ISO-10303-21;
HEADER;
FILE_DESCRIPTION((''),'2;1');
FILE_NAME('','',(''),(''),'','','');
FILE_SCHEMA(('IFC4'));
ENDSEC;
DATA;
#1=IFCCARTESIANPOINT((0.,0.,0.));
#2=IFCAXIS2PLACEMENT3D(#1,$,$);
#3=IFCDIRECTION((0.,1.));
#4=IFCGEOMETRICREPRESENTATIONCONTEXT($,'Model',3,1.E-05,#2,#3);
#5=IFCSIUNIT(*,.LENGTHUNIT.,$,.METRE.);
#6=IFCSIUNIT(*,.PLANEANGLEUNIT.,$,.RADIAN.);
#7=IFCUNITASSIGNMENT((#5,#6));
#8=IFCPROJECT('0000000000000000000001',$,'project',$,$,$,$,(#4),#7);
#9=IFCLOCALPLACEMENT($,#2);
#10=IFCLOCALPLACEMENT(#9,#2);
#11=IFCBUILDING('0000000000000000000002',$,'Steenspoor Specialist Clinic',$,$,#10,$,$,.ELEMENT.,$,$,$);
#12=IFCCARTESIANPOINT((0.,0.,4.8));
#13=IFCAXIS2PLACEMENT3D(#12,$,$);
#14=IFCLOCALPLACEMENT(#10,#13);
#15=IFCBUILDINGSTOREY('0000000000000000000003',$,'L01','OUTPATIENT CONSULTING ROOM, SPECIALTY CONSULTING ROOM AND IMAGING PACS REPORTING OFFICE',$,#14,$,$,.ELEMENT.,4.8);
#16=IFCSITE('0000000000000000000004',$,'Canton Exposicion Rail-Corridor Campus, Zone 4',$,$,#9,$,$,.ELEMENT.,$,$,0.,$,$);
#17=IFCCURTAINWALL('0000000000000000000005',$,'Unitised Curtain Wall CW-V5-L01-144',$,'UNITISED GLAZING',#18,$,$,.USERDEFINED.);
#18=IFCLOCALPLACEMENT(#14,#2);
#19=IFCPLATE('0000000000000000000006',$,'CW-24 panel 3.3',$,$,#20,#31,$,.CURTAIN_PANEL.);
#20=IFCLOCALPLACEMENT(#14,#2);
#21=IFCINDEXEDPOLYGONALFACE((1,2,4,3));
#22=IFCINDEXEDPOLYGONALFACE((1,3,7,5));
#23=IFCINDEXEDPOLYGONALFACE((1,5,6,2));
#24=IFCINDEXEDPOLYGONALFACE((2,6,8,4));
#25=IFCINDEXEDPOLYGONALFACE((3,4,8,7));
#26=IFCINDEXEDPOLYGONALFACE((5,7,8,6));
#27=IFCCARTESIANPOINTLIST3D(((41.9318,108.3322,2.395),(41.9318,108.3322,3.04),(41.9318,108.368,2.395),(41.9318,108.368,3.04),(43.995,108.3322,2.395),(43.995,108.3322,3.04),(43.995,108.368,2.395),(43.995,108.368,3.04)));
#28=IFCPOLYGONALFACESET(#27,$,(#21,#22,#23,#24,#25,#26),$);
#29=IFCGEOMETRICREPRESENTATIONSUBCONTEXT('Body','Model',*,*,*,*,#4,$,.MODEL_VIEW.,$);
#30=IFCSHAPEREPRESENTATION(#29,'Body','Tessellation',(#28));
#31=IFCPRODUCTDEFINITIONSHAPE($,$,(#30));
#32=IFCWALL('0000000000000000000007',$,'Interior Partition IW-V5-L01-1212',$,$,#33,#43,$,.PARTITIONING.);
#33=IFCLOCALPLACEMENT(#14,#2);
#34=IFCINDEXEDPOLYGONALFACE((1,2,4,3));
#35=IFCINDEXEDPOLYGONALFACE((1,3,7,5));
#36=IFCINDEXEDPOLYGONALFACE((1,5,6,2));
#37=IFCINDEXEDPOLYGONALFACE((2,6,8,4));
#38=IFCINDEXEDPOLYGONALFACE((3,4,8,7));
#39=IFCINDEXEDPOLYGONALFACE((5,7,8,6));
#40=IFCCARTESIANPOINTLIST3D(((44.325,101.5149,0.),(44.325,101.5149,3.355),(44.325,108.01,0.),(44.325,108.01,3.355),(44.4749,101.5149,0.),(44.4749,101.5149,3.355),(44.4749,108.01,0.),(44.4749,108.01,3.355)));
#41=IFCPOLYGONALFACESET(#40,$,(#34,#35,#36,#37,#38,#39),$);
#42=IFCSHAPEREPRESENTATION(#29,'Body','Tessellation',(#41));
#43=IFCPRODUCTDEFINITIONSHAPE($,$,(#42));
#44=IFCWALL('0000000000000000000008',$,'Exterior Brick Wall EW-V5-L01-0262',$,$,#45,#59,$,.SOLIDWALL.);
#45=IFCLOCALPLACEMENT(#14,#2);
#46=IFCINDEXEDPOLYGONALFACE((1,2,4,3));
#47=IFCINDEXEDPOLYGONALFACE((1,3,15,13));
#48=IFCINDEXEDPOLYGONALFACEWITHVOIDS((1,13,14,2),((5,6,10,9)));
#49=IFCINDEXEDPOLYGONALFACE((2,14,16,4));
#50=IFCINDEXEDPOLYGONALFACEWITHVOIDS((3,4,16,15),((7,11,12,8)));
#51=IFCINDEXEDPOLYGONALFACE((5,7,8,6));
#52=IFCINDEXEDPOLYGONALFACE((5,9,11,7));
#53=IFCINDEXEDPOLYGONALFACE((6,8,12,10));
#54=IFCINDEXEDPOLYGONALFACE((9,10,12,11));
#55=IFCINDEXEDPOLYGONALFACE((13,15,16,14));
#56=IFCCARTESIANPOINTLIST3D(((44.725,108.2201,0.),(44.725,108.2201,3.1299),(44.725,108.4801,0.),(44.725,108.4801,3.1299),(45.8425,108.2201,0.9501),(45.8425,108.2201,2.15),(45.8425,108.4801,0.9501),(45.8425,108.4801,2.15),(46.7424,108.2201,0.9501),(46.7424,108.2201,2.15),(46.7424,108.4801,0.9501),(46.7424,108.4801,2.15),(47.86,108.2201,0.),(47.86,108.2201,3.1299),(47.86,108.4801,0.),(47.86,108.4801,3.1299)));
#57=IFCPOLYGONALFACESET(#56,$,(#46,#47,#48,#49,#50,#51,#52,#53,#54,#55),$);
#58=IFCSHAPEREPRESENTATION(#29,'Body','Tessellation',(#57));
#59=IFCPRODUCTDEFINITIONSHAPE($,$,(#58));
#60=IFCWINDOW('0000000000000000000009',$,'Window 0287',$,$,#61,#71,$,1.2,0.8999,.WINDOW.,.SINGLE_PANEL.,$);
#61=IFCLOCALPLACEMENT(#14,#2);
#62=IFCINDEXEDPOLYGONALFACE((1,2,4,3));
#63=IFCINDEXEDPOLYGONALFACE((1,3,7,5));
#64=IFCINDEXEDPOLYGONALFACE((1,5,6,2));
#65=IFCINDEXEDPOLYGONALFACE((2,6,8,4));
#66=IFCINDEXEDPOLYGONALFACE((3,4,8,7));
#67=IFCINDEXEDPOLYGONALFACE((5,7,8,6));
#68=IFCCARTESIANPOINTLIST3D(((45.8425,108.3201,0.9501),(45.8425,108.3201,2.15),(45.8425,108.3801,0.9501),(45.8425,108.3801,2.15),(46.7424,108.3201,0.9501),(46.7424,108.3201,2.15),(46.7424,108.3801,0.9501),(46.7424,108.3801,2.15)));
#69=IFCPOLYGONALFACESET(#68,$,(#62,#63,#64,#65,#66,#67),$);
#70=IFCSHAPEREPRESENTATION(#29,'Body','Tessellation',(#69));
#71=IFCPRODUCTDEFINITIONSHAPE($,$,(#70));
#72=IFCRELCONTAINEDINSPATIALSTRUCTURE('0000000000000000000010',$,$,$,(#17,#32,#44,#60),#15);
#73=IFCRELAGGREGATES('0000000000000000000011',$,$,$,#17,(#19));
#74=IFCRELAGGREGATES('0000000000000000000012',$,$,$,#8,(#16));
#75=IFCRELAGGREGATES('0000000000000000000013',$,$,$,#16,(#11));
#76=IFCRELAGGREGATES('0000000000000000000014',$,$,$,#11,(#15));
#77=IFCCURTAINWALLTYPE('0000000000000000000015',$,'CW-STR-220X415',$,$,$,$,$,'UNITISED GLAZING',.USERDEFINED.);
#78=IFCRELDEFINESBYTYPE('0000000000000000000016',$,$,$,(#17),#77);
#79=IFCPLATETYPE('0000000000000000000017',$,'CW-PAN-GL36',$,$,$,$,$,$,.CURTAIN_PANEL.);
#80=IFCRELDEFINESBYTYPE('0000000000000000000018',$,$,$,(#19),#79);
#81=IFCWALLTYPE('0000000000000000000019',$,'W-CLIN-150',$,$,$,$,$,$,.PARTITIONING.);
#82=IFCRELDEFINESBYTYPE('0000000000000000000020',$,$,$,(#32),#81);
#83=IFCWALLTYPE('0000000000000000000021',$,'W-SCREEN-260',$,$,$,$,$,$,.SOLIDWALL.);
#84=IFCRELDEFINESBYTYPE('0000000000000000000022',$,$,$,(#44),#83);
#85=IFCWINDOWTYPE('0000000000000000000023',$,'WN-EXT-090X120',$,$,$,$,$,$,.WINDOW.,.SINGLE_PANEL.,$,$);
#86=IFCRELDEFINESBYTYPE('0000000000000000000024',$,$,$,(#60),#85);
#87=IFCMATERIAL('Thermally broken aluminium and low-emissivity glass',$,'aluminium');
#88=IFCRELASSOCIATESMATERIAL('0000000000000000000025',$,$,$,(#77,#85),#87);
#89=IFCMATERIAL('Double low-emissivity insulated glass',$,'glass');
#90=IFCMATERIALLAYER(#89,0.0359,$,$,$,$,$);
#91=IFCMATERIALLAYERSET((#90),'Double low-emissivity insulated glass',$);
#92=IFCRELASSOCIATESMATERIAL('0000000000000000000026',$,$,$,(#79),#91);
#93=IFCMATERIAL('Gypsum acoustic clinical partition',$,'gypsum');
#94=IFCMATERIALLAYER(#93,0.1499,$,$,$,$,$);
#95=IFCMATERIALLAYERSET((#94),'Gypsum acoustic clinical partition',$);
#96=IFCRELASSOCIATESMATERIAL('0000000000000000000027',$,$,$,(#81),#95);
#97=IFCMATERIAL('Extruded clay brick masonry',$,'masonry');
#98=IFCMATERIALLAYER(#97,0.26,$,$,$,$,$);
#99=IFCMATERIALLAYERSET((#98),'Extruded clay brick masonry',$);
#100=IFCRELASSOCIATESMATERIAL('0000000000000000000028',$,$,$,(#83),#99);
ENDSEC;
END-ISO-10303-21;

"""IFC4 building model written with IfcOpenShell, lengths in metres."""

from ifc_helpers import new_model, si_unit, direction, frame, frame_2d, origin, origin_2d, place, context, subcontext, project, spatial, rectangle, extrude, material, layer, layer_set, type_object, element, fill, aggregate, save


model = new_model("IFC4")

# Units and contexts
model_context = context("Model", 3, precision=1e-05, world=origin(), true_north=direction((0.0, 1.0)))
body_context = subcontext(model_context, "Body", "Model", "MODEL_VIEW")
ifc_project = project(units=[si_unit("LENGTHUNIT", "METRE"), si_unit("PLANEANGLEUNIT", "RADIAN")], contexts=[model_context])

# Site, building, storey
site_placement = place(None, origin())
site = spatial("IfcSite", under=ifc_project, at=site_placement, Name="Canton Exposicion Rail-Corridor Campus, Zone 4", CompositionType="ELEMENT", RefElevation=0.0)
building_placement = place(site_placement, origin())
building = spatial("IfcBuilding", under=site, at=building_placement, Name="Steenspoor Specialist Clinic", CompositionType="ELEMENT")
storey_placement = place(building_placement, frame((0.0, 0.0, 4.8)))
storey = spatial("IfcBuildingStorey", under=building, at=storey_placement, Name="L01", Description="OUTPATIENT CONSULTING ROOM, SPECIALTY CONSULTING ROOM AND IMAGING PACS REPORTING OFFICE", CompositionType="ELEMENT", Elevation=4.8)

# Curtain wall
ifc_material_1 = material(Name="Thermally broken aluminium and low-emissivity glass", Category="aluminium")
curtain_wall_type = type_object("IfcCurtainWallType", Name="CW-STR-220X415", ElementType="UNITISED GLAZING", PredefinedType="USERDEFINED", material=ifc_material_1)
curtain_wall_placement = place(storey_placement, origin())
curtain_wall = element("IfcCurtainWall", 1, at=curtain_wall_placement, inside=storey, type_object=curtain_wall_type, Name="Unitised Curtain Wall CW-V5-L01-144", ObjectType="UNITISED GLAZING", PredefinedType="USERDEFINED")

# Plate
ifc_material_2 = material(Name="Double low-emissivity insulated glass", Category="glass")
ifc_layer_1 = layer(ifc_material_2, 0.0359)
ifc_layer_set_1 = layer_set([ifc_layer_1], Name="Double low-emissivity insulated glass")
plate_type = type_object("IfcPlateType", Name="CW-PAN-GL36", PredefinedType="CURTAIN_PANEL", material=ifc_layer_set_1)
plate_1_placement = place(storey_placement, frame((42.9634, 108.3501, 2.395), z_axis=(0.0, 0.0, 1.0), x_axis=(1.0, 0.0, 0.0)))
plate_1 = element("IfcPlate", 2, at=plate_1_placement, type_object=plate_type, Name="CW-24 panel 3.3", PredefinedType="CURTAIN_PANEL", context=body_context, shape_type="SweptSolid", body=[
    extrude(rectangle(XDim=2.0632, YDim=0.0359, at=origin_2d()), origin(), (0.0, 0.0, 1.0), 0.645),
])
aggregate(curtain_wall, [plate_1])

# Wall
ifc_material_3 = material(Name="Gypsum acoustic clinical partition", Category="gypsum")
ifc_layer_2 = layer(ifc_material_3, 0.1499)
ifc_layer_set_2 = layer_set([ifc_layer_2], Name="Gypsum acoustic clinical partition")
wall_type_1 = type_object("IfcWallType", Name="W-CLIN-150", PredefinedType="PARTITIONING", material=ifc_layer_set_2)
wall_1_placement = place(storey_placement, frame((44.3999, 101.5149, 0.0), z_axis=(0.0, 0.0, 1.0), x_axis=(0.0, 1.0, 0.0)))
element("IfcWall", 3, at=wall_1_placement, inside=storey, type_object=wall_type_1, Name="Interior Partition IW-V5-L01-1212", PredefinedType="PARTITIONING", context=body_context, shape_type="SweptSolid", body=[
    extrude(rectangle(XDim=6.4951, YDim=0.1499, at=frame_2d((3.2476, 0.0))), origin(), (0.0, 0.0, 1.0), 3.355),
])

# Wall, opening, window
ifc_material_4 = material(Name="Extruded clay brick masonry", Category="masonry")
ifc_layer_3 = layer(ifc_material_4, 0.26)
ifc_layer_set_3 = layer_set([ifc_layer_3], Name="Extruded clay brick masonry")
wall_type_2 = type_object("IfcWallType", Name="W-SCREEN-260", PredefinedType="SOLIDWALL", material=ifc_layer_set_3)
wall_2_placement = place(storey_placement, frame((44.7251, 108.3501, 0.0), z_axis=(0.0, 0.0, 1.0), x_axis=(1.0, 0.0, 0.0)))
wall_2 = element("IfcWall", 4, at=wall_2_placement, inside=storey, type_object=wall_type_2, Name="Exterior Brick Wall EW-V5-L01-0262", PredefinedType="SOLIDWALL", context=body_context, shape_type="SweptSolid", body=[
    extrude(rectangle(XDim=3.135, YDim=0.26, at=frame_2d((1.5674, 0.0))), origin(), (0.0, 0.0, 1.0), 3.1299),
])
opening_placement = place(wall_2_placement, frame((1.1174, 0.0, 0.95)))
opening = element("IfcOpeningElement", 5, at=opening_placement, cuts=wall_2, PredefinedType="OPENING", context=body_context, shape_type="SweptSolid", body=[
    extrude(rectangle(XDim=0.8999, YDim=1.2, at=frame_2d((0.45, 0.6001))), frame((0.0, 0.1401, 0.0), z_axis=(0.0, -1.0, 0.0), x_axis=(1.0, 0.0, 0.0)), (0.0, 0.0, 1.0), 0.28),
])
window_type = type_object("IfcWindowType", Name="WN-EXT-090X120", PartitioningType="SINGLE_PANEL", PredefinedType="WINDOW", material=ifc_material_1)
window_placement = place(opening_placement, origin())
window = element("IfcWindow", 6, at=window_placement, inside=storey, type_object=window_type, Name="Window 0287", OverallHeight=1.2, OverallWidth=0.8999, PartitioningType="SINGLE_PANEL", PredefinedType="WINDOW", context=body_context, shape_type="SweptSolid", body=[
    extrude(rectangle(XDim=0.8999, YDim=1.2, at=frame_2d((0.45, 0.6001))), frame((0.0, 0.03, 0.0), z_axis=(0.0, -1.0, 0.0), x_axis=(1.0, 0.0, 0.0)), (0.0, 0.0, 1.0), 0.0601),
])
fill(opening, window)

save(model, "model.ifc")
